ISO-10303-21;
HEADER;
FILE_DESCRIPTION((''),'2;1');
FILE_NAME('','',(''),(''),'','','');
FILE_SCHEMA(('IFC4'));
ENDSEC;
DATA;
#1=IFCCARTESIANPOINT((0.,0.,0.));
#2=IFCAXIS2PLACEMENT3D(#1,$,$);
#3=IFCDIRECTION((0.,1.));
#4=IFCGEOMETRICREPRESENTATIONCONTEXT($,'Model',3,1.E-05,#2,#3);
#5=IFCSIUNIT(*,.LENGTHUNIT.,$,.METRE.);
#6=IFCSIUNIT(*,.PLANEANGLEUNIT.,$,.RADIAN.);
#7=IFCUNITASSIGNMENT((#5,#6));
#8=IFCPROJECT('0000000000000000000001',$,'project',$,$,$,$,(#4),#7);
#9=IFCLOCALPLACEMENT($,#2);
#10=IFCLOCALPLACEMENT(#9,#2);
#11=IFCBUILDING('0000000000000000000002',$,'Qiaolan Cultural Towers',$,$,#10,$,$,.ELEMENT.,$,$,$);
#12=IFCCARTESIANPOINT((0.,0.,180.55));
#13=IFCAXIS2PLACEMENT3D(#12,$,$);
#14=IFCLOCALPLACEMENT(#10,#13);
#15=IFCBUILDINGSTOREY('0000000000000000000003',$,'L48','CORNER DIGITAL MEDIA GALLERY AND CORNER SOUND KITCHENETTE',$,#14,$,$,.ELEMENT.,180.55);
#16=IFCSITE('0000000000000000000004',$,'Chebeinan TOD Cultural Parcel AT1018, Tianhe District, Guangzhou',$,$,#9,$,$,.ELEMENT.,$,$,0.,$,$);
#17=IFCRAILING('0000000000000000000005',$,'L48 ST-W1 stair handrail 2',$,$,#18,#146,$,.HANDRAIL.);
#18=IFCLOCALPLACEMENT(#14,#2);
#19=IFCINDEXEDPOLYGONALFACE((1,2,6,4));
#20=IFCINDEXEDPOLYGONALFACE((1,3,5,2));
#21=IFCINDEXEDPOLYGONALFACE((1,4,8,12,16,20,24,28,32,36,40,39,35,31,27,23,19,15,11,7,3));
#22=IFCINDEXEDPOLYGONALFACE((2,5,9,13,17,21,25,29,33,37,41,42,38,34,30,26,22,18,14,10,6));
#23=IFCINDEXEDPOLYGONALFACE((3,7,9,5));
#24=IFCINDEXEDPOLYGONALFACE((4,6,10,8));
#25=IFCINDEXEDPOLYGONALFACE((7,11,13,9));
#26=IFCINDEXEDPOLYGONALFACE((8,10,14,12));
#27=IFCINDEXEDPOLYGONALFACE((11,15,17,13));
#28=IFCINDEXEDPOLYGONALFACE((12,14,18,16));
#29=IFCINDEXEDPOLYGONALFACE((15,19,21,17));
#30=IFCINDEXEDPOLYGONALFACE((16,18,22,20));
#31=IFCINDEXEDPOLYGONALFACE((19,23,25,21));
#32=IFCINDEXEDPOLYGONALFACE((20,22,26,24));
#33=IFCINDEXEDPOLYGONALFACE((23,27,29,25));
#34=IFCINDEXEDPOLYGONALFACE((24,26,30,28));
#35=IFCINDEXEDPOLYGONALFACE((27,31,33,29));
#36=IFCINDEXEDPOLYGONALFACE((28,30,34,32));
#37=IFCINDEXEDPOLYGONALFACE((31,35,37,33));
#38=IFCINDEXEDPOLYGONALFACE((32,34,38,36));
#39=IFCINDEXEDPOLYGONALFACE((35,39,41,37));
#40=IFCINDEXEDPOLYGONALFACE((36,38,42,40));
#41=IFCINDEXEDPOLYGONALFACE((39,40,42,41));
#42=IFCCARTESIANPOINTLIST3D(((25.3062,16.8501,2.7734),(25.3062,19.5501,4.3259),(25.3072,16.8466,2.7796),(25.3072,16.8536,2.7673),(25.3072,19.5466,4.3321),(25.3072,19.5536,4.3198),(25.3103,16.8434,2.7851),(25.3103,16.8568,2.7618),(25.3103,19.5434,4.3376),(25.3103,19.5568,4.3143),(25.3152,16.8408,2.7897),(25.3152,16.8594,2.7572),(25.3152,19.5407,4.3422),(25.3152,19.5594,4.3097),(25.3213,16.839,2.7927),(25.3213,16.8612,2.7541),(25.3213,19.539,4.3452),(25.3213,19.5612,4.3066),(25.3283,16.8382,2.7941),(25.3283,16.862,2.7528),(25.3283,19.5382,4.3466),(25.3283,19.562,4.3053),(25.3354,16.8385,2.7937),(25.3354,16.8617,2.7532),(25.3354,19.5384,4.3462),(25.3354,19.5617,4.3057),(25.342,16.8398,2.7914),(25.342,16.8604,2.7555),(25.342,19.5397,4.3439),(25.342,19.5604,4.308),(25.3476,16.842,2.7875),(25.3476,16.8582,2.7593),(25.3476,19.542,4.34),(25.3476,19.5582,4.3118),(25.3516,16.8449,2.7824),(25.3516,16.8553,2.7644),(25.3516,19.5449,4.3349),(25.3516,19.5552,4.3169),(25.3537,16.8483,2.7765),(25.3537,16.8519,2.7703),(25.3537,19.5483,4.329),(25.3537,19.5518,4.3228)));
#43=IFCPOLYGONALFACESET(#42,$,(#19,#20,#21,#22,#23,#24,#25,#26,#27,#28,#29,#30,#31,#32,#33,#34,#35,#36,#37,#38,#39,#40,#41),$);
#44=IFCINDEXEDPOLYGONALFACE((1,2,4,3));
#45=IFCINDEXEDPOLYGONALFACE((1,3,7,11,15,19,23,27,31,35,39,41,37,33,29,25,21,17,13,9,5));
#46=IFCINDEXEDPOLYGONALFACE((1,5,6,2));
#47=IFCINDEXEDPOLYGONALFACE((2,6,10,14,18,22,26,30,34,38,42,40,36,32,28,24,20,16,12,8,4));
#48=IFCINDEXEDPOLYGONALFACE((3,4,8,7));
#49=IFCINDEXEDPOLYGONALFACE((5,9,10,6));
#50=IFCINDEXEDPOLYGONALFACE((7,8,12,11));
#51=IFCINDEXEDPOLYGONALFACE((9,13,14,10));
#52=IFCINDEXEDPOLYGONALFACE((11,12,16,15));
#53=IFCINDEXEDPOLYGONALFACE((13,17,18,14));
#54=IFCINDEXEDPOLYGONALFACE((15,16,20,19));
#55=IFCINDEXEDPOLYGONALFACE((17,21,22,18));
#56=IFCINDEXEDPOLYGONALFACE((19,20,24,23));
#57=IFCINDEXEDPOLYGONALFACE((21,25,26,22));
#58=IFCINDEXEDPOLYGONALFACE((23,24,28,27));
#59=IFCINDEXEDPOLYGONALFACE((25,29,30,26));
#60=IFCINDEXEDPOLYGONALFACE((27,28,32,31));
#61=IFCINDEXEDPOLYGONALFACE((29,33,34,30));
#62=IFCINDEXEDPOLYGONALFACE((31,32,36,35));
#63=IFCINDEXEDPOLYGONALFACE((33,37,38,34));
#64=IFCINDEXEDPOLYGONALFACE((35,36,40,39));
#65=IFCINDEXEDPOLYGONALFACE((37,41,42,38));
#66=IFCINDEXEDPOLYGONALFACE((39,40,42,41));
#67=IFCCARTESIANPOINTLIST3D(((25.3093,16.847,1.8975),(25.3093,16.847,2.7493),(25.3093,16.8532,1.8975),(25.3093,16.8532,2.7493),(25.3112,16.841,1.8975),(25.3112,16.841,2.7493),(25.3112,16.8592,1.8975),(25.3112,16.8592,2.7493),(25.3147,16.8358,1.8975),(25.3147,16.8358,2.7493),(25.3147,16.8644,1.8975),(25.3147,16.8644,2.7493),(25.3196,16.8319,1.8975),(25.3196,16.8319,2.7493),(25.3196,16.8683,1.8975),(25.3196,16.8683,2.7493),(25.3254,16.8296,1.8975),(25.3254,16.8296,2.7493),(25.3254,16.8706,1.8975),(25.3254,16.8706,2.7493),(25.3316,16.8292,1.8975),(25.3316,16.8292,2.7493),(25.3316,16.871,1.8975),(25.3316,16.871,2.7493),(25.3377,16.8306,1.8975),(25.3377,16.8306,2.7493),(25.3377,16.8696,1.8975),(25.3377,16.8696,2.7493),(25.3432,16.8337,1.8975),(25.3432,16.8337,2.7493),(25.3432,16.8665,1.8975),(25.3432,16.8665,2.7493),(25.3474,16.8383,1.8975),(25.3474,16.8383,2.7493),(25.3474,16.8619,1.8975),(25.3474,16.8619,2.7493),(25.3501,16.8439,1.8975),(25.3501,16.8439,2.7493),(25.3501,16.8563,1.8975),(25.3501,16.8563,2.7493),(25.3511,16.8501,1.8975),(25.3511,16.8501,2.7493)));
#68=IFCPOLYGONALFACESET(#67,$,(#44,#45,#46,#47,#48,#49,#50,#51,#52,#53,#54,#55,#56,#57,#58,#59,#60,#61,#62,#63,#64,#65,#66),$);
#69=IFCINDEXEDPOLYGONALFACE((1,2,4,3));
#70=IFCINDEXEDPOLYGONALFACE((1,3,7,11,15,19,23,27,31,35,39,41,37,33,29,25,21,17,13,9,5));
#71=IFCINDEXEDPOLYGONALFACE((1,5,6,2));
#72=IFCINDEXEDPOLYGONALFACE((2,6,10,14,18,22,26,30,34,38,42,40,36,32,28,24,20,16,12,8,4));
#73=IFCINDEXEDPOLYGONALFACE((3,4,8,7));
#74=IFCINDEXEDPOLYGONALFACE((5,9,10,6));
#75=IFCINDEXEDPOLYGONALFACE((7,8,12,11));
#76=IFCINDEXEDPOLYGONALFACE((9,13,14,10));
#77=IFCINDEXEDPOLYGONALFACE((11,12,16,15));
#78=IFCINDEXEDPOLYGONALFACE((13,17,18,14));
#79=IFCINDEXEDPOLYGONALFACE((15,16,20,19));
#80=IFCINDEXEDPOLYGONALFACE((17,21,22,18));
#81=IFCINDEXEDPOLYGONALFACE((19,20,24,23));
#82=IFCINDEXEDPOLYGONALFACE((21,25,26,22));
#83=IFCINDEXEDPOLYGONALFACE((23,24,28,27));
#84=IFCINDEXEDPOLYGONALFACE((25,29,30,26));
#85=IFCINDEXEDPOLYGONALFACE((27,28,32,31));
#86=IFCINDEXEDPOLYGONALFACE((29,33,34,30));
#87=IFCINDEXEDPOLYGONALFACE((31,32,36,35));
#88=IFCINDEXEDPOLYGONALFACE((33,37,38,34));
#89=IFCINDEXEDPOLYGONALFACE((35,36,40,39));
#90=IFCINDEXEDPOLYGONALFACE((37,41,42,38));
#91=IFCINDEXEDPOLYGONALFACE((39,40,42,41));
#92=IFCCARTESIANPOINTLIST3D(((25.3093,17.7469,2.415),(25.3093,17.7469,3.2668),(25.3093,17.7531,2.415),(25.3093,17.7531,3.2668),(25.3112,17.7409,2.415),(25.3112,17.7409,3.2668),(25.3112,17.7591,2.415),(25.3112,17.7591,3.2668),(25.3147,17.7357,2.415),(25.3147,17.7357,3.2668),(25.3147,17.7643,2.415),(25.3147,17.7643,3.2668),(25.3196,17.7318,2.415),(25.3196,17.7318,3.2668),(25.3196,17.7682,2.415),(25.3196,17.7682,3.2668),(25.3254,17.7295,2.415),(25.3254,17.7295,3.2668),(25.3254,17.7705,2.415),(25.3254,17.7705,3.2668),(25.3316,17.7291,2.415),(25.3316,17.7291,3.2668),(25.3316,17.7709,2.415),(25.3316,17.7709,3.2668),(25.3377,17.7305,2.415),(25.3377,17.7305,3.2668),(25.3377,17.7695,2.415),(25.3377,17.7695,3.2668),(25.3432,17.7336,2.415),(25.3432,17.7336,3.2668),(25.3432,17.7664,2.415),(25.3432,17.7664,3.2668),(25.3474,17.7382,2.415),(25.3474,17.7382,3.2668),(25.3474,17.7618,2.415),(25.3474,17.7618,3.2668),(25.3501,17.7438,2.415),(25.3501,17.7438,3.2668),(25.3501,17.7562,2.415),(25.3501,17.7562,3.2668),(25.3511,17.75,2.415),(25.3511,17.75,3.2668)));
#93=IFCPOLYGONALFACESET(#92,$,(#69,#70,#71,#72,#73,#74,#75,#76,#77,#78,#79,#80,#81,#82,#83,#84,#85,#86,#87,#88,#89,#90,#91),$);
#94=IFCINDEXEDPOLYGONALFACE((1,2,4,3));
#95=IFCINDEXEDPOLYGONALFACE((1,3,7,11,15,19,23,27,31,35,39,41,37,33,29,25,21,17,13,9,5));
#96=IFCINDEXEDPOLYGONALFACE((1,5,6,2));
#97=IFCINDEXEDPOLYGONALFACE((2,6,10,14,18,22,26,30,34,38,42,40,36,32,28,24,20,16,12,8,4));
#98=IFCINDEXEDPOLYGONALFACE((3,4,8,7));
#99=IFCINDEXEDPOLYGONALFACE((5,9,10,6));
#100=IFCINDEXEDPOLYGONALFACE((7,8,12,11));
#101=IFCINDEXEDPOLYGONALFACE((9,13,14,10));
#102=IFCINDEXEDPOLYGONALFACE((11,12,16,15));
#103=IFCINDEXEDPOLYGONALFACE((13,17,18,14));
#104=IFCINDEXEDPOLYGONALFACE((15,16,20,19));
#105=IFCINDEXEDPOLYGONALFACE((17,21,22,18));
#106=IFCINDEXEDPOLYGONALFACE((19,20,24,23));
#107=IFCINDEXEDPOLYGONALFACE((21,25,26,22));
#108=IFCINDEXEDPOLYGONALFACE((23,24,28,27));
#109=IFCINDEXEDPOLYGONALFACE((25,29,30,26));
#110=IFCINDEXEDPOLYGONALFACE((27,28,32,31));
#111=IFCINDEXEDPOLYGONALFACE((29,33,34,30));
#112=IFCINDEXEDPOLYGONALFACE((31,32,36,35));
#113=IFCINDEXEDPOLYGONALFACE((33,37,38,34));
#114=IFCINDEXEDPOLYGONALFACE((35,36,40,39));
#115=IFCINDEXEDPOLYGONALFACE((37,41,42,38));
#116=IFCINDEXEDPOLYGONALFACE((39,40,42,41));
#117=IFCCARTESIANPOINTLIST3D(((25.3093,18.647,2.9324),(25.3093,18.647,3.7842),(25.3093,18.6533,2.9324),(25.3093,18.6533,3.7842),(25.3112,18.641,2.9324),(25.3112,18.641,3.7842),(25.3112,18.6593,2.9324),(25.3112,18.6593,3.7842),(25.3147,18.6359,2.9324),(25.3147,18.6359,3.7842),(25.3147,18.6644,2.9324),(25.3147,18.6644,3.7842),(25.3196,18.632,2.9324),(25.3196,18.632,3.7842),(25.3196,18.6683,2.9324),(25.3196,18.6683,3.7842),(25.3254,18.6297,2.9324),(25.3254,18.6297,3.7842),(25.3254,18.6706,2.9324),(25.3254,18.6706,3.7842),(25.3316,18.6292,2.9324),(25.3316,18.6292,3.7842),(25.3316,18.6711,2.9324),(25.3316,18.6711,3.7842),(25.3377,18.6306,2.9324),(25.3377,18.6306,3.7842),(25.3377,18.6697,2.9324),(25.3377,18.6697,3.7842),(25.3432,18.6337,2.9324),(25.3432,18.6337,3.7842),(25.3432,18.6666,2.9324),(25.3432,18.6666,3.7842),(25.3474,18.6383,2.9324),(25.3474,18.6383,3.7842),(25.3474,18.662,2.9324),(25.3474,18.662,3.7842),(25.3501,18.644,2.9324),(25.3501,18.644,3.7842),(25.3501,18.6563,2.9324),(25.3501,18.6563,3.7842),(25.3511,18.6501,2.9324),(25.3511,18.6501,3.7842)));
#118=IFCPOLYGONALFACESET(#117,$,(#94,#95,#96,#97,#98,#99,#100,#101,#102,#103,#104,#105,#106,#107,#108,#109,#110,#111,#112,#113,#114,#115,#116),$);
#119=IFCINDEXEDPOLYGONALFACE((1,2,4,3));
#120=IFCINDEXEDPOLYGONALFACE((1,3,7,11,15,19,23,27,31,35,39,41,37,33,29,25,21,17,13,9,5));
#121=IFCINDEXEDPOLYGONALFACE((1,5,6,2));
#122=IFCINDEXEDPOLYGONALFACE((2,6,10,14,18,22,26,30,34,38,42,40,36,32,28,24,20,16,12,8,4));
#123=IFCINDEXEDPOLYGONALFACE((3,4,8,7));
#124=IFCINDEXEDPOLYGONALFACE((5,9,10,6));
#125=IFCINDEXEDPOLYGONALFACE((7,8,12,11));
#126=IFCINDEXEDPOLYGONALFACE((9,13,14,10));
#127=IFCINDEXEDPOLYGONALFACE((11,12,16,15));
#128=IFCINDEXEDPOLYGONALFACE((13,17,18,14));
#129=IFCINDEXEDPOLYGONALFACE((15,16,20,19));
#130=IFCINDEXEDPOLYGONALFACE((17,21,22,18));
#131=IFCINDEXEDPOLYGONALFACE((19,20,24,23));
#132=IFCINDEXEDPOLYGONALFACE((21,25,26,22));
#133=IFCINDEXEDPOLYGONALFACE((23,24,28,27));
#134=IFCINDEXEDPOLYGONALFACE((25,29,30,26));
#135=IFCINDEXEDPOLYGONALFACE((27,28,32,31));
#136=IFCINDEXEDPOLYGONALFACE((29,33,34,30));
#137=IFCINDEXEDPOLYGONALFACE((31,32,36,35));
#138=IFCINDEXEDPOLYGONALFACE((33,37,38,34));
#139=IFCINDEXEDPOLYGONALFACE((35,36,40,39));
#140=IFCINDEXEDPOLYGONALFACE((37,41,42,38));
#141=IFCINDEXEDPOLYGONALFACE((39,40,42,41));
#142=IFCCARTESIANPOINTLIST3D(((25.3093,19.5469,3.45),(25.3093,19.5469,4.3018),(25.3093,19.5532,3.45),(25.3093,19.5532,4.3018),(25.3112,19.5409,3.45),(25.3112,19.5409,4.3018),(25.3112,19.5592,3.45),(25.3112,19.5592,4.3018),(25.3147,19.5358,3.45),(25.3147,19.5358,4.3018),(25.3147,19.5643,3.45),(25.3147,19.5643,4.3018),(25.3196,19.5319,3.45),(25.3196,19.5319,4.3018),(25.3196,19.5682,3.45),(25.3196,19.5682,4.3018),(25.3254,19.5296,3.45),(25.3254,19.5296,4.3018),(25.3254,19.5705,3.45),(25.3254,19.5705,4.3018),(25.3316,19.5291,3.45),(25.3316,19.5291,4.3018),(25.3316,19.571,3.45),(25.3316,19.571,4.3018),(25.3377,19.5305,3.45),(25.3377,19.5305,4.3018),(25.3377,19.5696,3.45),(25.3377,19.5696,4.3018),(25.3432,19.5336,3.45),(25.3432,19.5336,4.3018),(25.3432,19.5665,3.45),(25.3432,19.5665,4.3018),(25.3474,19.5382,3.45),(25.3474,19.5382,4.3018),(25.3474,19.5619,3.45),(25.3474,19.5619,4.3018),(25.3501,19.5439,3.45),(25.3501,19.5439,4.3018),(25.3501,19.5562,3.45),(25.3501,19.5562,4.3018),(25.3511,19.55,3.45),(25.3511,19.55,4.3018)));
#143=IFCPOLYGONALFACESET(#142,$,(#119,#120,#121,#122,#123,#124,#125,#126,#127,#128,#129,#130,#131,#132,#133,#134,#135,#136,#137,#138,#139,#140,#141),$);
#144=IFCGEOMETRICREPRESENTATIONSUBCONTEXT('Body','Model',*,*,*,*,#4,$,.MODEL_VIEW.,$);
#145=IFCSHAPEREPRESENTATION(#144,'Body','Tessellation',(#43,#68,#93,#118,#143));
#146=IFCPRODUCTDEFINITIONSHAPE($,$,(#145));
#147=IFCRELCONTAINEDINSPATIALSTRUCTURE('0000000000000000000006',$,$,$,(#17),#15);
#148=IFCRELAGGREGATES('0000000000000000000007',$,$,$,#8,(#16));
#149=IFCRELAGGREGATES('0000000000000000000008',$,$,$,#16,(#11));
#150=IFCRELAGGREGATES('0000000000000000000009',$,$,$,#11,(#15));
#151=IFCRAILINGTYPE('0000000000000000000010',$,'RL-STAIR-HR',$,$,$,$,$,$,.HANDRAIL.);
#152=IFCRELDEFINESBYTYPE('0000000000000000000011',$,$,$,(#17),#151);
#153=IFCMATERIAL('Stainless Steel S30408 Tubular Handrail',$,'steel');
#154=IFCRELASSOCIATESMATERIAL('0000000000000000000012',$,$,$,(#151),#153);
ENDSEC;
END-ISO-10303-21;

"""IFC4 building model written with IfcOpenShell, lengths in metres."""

from ifc_helpers import new_model, si_unit, direction, frame, origin, origin_2d, place, context, subcontext, project, spatial, circle, extrude, material, type_object, element, save


model = new_model("IFC4")

# Units and contexts
model_context = context("Model", 3, precision=1e-05, world=origin(), true_north=direction((0.0, 1.0)))
body_context = subcontext(model_context, "Body", "Model", "MODEL_VIEW")
ifc_project = project(units=[si_unit("LENGTHUNIT", "METRE"), si_unit("PLANEANGLEUNIT", "RADIAN")], contexts=[model_context])

# Site, building, storey
site_placement = place(None, origin())
site = spatial("IfcSite", under=ifc_project, at=site_placement, Name="Chebeinan TOD Cultural Parcel AT1018, Tianhe District, Guangzhou", CompositionType="ELEMENT", RefElevation=0.0)
building_placement = place(site_placement, origin())
building = spatial("IfcBuilding", under=site, at=building_placement, Name="Qiaolan Cultural Towers", CompositionType="ELEMENT")
storey_placement = place(building_placement, frame((0.0, 0.0, 180.55)))
storey = spatial("IfcBuildingStorey", under=building, at=storey_placement, Name="L48", Description="CORNER DIGITAL MEDIA GALLERY AND CORNER SOUND KITCHENETTE", CompositionType="ELEMENT", Elevation=180.55)

# Railing
ifc_material_1 = material(Name="Stainless Steel S30408 Tubular Handrail", Category="steel")
railing_type = type_object("IfcRailingType", Name="RL-STAIR-HR", PredefinedType="HANDRAIL", material=ifc_material_1)
railing_placement = place(storey_placement, frame((25.3301, 16.8501, 1.8975)))
element("IfcRailing", 1, at=railing_placement, inside=storey, type_object=railing_type, Name="L48 ST-W1 stair handrail 2", PredefinedType="HANDRAIL", context=body_context, shape_type="SweptSolid", body=[
    extrude(circle(Radius=0.0239, at=origin_2d()), frame((0.0, 0.0, 0.876), z_axis=(0.0, 0.866904, 0.498476), x_axis=(-1.0, 0.0, 0.0)), (0.0, 0.0, 1.0), 3.1145),
    extrude(circle(Radius=0.021, at=origin_2d()), origin(), (0.0, 0.0, 1.0), 0.8518),
    extrude(circle(Radius=0.021, at=origin_2d()), frame((0.0, 0.8999, 0.5176)), (0.0, 0.0, 1.0), 0.8518),
    extrude(circle(Radius=0.021, at=origin_2d()), frame((0.0, 1.8, 1.0349)), (0.0, 0.0, 1.0), 0.8518),
    extrude(circle(Radius=0.021, at=origin_2d()), frame((0.0, 2.7, 1.5525)), (0.0, 0.0, 1.0), 0.8518),
])

save(model, "model.ifc")
